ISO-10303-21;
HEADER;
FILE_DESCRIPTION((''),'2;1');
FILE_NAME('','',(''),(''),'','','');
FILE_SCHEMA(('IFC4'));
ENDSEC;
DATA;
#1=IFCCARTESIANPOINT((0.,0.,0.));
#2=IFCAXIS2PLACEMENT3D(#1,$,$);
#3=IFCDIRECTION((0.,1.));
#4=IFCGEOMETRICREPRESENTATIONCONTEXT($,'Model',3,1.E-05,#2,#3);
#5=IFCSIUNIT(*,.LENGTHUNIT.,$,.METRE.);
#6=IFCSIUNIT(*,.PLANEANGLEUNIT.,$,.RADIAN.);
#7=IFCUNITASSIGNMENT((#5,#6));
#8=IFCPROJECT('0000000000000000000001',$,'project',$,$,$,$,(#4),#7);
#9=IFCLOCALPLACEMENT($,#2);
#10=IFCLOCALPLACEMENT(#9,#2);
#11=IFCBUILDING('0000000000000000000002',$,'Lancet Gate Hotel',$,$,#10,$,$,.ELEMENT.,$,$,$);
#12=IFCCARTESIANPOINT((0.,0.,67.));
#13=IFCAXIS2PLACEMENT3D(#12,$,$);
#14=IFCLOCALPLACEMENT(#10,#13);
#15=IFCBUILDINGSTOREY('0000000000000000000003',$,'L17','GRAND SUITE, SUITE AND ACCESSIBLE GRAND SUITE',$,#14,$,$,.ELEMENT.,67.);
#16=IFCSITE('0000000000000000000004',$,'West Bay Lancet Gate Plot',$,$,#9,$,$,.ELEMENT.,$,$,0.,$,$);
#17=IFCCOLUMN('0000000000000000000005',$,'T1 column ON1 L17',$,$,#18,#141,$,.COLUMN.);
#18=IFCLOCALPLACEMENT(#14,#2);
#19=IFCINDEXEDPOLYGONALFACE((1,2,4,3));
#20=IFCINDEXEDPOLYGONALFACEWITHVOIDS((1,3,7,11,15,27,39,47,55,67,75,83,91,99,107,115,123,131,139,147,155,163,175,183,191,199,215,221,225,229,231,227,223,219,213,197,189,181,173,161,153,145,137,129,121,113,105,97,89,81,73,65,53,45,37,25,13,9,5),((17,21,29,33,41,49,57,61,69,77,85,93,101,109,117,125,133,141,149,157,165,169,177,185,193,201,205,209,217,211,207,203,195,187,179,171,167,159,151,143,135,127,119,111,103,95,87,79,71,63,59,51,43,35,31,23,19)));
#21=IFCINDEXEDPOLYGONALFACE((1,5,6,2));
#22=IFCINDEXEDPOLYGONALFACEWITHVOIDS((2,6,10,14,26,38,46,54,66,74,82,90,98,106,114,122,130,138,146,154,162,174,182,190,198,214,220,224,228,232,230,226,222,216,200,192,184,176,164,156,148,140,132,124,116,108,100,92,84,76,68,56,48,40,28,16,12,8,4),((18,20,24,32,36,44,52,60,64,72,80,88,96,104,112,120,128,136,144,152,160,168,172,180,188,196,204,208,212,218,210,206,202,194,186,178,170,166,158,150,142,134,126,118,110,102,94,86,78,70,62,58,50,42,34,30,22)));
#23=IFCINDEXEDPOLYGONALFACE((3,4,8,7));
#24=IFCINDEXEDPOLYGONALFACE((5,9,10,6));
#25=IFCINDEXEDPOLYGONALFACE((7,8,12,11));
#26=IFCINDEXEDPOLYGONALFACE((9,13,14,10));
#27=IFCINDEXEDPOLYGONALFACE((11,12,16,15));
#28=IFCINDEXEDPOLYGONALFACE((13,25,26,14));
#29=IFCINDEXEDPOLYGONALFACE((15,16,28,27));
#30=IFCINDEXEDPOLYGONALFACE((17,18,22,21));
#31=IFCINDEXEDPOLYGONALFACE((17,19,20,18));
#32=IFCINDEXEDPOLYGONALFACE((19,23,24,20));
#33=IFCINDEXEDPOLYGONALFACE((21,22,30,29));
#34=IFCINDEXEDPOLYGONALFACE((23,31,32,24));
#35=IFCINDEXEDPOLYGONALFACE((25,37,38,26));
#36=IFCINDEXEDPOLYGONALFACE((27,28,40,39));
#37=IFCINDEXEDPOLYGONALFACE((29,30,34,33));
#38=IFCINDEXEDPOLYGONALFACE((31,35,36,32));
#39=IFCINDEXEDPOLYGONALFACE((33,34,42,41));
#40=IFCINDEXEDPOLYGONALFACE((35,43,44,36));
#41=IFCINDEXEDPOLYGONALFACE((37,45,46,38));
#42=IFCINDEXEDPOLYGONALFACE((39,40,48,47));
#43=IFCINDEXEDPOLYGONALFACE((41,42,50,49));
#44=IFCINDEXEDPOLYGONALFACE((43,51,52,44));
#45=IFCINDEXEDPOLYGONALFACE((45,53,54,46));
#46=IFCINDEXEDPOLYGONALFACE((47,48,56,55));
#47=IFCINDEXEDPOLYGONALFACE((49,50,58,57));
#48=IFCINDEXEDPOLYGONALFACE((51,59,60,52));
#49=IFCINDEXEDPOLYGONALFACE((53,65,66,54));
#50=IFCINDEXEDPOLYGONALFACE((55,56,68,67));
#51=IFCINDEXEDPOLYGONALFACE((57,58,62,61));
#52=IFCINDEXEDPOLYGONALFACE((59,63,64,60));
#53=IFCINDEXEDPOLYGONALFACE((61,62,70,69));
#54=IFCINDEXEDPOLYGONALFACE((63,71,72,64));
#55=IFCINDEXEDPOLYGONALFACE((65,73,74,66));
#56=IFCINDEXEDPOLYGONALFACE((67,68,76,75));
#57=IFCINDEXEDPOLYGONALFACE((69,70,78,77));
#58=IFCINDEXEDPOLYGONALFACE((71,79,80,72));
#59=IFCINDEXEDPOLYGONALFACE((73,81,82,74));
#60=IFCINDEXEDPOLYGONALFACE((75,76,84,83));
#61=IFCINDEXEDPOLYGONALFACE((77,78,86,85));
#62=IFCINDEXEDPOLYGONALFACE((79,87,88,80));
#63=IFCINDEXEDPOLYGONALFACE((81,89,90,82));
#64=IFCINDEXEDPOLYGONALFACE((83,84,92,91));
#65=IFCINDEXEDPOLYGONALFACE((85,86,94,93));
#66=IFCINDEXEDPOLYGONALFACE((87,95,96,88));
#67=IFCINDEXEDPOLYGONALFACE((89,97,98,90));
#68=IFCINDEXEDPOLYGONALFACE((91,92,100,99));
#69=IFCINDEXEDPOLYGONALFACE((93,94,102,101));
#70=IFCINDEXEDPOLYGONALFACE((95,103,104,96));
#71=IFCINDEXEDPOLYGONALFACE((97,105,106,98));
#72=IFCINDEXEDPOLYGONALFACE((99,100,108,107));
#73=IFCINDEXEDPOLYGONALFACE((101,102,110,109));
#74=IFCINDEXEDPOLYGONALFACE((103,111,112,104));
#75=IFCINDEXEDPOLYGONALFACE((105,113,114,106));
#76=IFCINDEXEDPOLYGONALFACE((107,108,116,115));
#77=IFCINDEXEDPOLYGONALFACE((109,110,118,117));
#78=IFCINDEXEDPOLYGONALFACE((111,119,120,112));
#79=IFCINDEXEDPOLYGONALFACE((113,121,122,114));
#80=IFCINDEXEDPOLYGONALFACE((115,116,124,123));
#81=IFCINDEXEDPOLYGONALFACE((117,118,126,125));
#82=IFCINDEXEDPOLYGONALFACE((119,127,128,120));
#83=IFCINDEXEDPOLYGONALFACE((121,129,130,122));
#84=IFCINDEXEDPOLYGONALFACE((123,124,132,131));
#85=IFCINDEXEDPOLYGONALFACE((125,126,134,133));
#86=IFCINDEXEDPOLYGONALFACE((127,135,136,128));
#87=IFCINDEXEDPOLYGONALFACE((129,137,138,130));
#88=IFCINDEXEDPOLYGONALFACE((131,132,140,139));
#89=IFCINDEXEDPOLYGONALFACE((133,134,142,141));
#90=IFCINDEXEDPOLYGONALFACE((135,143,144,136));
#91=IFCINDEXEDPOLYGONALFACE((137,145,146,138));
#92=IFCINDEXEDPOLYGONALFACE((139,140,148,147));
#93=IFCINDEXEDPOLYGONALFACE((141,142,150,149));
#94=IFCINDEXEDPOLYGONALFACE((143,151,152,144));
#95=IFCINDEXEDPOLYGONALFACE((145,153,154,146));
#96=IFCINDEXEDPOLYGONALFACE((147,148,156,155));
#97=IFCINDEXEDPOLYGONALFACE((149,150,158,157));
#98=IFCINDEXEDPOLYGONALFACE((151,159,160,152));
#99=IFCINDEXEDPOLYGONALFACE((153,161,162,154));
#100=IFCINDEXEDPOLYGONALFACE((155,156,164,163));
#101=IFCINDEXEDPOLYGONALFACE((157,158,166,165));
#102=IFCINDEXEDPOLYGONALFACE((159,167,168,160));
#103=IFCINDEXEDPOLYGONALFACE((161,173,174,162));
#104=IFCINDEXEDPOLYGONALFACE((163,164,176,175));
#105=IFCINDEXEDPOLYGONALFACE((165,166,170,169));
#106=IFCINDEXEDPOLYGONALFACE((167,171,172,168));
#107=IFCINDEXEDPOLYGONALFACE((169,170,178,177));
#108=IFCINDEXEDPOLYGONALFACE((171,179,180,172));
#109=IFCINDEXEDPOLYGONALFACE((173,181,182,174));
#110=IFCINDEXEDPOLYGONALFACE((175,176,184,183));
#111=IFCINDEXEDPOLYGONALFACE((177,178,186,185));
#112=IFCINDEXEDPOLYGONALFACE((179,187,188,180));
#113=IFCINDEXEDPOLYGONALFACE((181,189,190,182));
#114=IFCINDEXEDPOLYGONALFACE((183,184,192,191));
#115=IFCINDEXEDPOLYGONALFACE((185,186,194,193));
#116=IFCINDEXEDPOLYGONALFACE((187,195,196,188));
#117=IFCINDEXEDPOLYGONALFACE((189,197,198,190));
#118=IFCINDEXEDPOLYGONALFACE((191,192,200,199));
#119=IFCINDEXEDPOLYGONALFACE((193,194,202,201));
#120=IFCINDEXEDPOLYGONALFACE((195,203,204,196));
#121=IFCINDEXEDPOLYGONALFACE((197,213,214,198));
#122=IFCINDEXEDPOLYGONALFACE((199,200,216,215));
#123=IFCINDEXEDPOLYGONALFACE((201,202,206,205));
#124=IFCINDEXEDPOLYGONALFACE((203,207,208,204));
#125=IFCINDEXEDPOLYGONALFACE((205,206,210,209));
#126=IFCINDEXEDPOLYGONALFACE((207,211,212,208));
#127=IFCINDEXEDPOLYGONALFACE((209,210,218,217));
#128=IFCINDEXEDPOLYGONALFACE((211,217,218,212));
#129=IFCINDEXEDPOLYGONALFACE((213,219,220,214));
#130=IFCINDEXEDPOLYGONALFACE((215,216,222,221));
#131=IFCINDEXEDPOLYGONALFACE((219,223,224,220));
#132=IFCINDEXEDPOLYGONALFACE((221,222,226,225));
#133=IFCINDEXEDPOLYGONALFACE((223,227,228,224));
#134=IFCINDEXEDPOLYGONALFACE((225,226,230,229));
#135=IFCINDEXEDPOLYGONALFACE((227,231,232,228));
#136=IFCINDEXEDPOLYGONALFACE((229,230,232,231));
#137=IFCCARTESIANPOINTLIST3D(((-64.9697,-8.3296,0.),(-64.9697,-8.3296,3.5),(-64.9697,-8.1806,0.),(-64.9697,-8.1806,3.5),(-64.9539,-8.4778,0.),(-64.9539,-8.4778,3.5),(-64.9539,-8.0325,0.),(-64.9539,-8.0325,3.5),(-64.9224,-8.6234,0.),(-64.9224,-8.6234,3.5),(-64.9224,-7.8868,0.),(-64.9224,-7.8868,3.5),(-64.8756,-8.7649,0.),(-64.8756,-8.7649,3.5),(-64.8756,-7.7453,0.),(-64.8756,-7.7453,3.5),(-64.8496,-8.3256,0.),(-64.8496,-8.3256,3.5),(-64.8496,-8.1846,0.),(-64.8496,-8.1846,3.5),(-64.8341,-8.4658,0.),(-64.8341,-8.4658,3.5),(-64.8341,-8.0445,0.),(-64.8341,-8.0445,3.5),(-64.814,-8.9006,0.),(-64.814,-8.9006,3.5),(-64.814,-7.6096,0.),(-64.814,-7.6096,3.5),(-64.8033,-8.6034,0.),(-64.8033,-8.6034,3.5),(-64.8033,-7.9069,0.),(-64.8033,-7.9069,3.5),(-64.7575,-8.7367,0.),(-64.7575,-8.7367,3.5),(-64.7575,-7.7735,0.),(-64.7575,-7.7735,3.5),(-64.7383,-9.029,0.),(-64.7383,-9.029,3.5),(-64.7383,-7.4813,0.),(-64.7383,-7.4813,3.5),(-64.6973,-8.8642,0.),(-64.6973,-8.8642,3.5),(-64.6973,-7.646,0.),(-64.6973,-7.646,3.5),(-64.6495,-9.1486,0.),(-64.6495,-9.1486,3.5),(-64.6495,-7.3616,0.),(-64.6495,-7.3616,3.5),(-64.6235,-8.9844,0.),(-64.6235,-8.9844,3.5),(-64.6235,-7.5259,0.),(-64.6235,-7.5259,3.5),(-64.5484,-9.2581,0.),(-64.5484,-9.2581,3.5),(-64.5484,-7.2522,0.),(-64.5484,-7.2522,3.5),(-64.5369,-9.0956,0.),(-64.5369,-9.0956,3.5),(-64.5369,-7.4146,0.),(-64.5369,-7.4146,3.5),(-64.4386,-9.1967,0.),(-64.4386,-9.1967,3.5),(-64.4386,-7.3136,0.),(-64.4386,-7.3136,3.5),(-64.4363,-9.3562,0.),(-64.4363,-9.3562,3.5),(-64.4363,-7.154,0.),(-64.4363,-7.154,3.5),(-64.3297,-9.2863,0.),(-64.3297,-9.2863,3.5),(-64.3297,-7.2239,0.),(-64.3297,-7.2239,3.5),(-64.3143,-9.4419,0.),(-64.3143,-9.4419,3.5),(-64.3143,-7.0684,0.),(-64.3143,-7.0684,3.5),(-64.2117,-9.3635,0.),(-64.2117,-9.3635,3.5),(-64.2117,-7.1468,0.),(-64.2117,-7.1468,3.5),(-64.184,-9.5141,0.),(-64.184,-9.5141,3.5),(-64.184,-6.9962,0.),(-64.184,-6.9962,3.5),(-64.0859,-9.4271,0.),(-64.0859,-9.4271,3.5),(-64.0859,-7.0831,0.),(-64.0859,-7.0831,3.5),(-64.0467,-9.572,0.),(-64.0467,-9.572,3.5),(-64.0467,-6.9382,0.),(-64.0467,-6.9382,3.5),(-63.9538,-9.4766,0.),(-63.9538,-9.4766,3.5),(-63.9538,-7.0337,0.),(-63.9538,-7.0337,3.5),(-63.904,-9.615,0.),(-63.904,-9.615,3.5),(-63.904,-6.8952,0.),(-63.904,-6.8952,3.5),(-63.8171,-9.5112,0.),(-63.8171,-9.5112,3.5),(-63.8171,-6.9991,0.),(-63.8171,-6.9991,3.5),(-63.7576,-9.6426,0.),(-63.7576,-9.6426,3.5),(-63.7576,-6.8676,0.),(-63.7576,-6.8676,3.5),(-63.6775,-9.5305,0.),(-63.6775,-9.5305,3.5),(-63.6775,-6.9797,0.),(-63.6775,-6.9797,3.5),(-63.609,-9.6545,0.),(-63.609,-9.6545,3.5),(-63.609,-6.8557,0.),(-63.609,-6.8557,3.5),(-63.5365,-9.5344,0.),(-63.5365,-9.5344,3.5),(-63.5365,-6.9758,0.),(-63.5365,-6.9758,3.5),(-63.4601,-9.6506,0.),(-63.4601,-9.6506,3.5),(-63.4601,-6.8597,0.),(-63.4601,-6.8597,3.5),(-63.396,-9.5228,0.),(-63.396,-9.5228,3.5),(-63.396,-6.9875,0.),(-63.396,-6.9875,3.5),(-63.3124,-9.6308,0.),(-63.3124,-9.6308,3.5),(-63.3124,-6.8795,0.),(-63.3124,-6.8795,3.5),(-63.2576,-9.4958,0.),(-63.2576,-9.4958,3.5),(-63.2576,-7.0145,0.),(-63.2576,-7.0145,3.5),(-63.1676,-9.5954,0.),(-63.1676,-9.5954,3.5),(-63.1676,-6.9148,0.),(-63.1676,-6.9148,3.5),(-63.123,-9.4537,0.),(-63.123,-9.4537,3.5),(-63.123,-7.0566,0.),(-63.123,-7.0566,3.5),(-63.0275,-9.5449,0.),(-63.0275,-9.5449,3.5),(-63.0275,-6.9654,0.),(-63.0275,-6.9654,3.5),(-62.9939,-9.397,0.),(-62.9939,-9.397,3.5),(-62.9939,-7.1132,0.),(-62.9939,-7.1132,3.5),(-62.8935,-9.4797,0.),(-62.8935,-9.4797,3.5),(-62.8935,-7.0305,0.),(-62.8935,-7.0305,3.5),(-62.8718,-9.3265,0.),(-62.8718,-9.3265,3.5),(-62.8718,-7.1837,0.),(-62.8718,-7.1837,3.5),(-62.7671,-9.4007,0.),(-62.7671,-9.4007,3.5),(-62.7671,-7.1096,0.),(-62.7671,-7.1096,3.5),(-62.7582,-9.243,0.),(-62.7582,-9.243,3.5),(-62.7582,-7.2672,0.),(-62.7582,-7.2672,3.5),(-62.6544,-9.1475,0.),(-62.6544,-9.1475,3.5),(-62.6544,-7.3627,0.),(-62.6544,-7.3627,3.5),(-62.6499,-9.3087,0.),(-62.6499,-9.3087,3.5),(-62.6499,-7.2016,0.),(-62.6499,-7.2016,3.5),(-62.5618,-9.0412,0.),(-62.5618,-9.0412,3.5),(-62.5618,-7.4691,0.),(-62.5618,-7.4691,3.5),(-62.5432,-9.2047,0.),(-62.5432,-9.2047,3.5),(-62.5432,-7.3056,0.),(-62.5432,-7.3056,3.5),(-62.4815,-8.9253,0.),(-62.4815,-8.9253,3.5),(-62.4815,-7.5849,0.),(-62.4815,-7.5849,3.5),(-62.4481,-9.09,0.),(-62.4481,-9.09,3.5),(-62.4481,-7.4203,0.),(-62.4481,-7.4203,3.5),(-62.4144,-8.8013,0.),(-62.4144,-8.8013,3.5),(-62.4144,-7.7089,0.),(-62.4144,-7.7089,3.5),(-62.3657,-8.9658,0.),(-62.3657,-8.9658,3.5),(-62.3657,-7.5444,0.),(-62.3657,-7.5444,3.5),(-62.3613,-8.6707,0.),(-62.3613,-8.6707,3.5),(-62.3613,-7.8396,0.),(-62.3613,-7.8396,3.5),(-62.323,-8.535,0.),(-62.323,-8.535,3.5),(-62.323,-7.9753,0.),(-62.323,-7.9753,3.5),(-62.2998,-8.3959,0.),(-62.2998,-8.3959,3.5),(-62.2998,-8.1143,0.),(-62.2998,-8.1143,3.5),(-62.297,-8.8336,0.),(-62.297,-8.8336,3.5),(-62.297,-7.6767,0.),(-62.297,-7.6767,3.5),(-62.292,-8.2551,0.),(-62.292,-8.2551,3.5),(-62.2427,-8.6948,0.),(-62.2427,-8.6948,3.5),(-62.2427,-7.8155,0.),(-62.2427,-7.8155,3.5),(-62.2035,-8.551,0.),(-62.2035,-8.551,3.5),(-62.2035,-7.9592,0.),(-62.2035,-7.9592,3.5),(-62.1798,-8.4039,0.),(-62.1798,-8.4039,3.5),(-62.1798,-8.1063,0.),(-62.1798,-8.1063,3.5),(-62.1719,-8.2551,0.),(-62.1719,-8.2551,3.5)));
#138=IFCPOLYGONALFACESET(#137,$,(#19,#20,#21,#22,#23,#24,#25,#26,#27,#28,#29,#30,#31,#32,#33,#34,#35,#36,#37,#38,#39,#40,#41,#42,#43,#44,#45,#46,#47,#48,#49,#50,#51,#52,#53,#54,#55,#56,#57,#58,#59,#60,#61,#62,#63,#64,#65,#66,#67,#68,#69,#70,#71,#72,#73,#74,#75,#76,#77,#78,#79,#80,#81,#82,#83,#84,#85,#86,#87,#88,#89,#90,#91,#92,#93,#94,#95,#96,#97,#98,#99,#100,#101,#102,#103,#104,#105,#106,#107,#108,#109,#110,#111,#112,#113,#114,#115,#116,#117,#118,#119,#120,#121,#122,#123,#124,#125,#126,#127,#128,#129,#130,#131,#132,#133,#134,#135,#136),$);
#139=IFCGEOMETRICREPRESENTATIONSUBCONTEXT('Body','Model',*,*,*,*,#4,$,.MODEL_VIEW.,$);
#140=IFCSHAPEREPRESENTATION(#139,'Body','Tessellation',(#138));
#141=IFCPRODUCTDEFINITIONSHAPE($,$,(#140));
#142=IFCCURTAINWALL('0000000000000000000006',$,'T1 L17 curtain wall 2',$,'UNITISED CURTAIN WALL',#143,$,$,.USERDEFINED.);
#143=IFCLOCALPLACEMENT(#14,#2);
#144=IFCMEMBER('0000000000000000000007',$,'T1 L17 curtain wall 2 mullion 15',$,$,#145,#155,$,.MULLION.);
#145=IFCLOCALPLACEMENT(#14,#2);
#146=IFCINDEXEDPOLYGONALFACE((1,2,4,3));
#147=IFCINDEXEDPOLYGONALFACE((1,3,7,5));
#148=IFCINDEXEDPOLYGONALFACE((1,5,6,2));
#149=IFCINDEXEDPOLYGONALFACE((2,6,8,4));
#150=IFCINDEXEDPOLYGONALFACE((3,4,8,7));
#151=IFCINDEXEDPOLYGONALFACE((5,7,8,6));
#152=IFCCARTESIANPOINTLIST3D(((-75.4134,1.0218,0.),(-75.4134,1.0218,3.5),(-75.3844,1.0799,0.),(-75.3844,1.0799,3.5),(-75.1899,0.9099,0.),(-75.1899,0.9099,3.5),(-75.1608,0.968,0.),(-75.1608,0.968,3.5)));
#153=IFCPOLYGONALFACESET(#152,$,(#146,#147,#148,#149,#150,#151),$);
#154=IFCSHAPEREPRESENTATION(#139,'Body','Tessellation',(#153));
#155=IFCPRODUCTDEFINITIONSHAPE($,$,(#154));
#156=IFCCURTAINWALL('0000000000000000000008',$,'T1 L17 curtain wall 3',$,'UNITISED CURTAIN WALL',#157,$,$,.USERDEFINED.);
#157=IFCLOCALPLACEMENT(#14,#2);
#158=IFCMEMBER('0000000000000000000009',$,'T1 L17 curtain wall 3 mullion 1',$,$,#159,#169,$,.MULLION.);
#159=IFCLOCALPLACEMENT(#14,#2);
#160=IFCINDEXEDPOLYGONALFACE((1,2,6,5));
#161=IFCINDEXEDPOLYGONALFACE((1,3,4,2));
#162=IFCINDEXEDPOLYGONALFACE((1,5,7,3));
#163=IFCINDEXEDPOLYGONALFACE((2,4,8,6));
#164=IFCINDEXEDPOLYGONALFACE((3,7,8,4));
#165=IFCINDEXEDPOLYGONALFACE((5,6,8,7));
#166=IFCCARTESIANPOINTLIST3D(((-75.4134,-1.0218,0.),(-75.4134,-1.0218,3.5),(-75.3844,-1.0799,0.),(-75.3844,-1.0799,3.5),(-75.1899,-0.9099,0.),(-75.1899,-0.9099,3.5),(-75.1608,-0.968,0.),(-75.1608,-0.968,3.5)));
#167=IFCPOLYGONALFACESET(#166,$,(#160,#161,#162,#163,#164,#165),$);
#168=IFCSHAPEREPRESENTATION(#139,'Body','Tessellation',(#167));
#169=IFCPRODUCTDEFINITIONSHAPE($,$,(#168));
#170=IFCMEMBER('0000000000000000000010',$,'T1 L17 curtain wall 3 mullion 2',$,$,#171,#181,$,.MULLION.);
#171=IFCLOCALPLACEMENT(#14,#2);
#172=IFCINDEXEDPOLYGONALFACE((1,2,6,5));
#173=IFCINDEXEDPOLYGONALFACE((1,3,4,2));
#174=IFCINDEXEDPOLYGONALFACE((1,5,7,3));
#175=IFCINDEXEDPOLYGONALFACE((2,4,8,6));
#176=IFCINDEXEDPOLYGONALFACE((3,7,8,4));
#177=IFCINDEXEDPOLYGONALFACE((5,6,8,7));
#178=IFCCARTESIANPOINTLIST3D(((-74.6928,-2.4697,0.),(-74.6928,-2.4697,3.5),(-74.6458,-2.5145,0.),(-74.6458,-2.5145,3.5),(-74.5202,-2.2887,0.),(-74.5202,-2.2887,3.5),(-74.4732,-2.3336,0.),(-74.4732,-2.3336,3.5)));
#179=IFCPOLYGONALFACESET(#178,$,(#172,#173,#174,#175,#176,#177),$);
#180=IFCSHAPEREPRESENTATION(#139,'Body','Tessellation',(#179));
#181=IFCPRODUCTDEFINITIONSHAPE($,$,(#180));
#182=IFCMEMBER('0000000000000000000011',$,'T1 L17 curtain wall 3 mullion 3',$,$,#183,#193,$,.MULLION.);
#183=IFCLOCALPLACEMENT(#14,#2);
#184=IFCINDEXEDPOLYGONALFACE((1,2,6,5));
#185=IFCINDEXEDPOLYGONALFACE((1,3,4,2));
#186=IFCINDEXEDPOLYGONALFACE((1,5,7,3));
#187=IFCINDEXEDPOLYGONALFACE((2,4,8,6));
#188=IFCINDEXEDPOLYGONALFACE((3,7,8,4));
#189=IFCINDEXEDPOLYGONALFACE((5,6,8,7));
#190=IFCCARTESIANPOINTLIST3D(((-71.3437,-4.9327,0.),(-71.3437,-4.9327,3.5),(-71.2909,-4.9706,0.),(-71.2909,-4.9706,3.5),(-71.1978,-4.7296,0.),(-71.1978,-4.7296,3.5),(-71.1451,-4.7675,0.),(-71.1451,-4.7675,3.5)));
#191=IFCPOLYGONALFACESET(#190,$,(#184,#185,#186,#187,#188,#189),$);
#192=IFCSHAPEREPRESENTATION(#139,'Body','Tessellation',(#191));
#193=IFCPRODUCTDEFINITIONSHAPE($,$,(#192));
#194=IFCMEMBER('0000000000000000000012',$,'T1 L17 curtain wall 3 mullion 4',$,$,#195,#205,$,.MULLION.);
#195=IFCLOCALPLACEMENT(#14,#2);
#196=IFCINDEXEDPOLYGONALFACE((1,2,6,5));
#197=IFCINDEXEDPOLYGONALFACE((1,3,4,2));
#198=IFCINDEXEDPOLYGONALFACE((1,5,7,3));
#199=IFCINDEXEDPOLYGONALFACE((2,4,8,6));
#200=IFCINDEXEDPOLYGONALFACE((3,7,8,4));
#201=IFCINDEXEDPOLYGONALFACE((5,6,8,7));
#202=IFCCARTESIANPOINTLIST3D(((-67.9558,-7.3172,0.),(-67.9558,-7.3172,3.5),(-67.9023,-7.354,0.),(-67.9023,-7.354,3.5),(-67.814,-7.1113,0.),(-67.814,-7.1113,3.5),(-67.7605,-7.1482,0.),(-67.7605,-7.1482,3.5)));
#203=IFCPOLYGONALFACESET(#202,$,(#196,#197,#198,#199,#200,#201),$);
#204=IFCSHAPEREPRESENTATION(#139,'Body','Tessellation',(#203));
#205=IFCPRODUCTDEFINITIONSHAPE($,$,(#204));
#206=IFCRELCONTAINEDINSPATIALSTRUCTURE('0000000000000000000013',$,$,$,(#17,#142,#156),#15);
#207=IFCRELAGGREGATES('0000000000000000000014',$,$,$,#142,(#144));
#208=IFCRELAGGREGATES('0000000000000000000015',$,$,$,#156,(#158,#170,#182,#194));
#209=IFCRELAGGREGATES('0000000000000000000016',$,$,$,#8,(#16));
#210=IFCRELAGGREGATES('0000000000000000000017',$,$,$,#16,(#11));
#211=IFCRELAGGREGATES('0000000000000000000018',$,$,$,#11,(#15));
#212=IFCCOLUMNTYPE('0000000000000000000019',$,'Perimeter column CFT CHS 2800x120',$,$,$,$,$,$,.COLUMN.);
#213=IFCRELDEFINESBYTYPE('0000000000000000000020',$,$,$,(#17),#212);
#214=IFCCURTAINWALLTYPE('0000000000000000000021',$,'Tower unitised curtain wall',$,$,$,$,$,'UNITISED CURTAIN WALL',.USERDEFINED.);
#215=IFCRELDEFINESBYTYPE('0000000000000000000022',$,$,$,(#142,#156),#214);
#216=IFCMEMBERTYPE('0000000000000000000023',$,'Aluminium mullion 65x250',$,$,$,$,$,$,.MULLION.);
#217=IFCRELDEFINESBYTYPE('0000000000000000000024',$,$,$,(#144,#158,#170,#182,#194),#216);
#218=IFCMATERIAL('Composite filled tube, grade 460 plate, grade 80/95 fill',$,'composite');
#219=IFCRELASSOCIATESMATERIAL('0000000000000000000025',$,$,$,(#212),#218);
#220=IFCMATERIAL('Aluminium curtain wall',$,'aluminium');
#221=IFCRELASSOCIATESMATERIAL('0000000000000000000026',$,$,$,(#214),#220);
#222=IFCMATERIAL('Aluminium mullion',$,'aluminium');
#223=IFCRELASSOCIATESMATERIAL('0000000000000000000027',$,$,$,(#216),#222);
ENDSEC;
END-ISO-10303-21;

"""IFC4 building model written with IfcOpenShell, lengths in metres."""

from ifc_helpers import new_model, si_unit, direction, frame, origin, origin_2d, place, context, subcontext, project, spatial, rectangle, hollow_circle, extrude, material, material_profile, profile_set, type_object, element, aggregate, save


model = new_model("IFC4")

# Units and contexts
model_context = context("Model", 3, precision=1e-05, world=origin(), true_north=direction((0.0, 1.0)))
body_context = subcontext(model_context, "Body", "Model", "MODEL_VIEW")
ifc_project = project(units=[si_unit("LENGTHUNIT", "METRE"), si_unit("PLANEANGLEUNIT", "RADIAN")], contexts=[model_context])

# Site, building, storey
site_placement = place(None, origin())
site = spatial("IfcSite", under=ifc_project, at=site_placement, Name="West Bay Lancet Gate Plot", CompositionType="ELEMENT", RefElevation=0.0)
building_placement = place(site_placement, origin())
building = spatial("IfcBuilding", under=site, at=building_placement, Name="Lancet Gate Hotel", CompositionType="ELEMENT")
storey_placement = place(building_placement, frame((0.0, 0.0, 67.0)))
storey = spatial("IfcBuildingStorey", under=building, at=storey_placement, Name="L17", Description="GRAND SUITE, SUITE AND ACCESSIBLE GRAND SUITE", CompositionType="ELEMENT", Elevation=67.0)

# Column
ifc_material_1 = material(Name="Composite filled tube, grade 460 plate, grade 80/95 fill", Category="composite")
ifc_material_profile_1 = material_profile(ifc_material_1, hollow_circle(Radius=1.3999, WallThickness=0.1201, at=origin_2d()), Name="CHS 2800x120")
ifc_profile_set_1 = profile_set([ifc_material_profile_1], Name="Composite filled tube, grade 460 plate, grade 80/95 fill")
column_type_1 = type_object("IfcColumnType", Name="Perimeter column CFT CHS 2800x120", PredefinedType="COLUMN", material=ifc_profile_set_1)
column_1_placement = place(storey_placement, frame((-63.5718, -8.2551, 0.0), z_axis=(0.0, 0.0, 1.0), x_axis=(1.0, 0.0, 0.0)))
element("IfcColumn", 1, at=column_1_placement, inside=storey, type_object=column_type_1, Name="T1 column ON1 L17", PredefinedType="COLUMN", context=body_context, shape_type="SweptSolid", body=[
    extrude(hollow_circle(Radius=1.3999, WallThickness=0.1201, at=origin_2d()), origin(), (0.0, 0.0, 1.0), 3.5),
])

# Curtain wall, member
ifc_material_2 = material(Name="Aluminium curtain wall", Category="aluminium")
curtain_wall_type = type_object("IfcCurtainWallType", Name="Tower unitised curtain wall", ElementType="UNITISED CURTAIN WALL", PredefinedType="USERDEFINED", material=ifc_material_2)
curtain_wall_1_placement = place(storey_placement, origin())
curtain_wall_1 = element("IfcCurtainWall", 2, at=curtain_wall_1_placement, inside=storey, type_object=curtain_wall_type, Name="T1 L17 curtain wall 2", ObjectType="UNITISED CURTAIN WALL", PredefinedType="USERDEFINED")
ifc_material_3 = material(Name="Aluminium mullion", Category="aluminium")
ifc_material_profile_2 = material_profile(ifc_material_3, rectangle(XDim=0.0649, YDim=0.25, at=origin_2d()), Name="MULLION 65x250")
ifc_profile_set_2 = profile_set([ifc_material_profile_2], Name="Aluminium mullion")
member_type_1 = type_object("IfcMemberType", Name="Aluminium mullion 65x250", PredefinedType="MULLION", material=ifc_profile_set_2)
member_1_placement = place(storey_placement, frame((-75.2871, 0.9949, 0.0), z_axis=(0.0, 0.0, 1.0), x_axis=(-0.447628, -0.89422, 0.0)))
member_1 = element("IfcMember", 3, at=member_1_placement, type_object=member_type_1, Name="T1 L17 curtain wall 2 mullion 15", PredefinedType="MULLION", context=body_context, shape_type="SweptSolid", body=[
    extrude(rectangle(XDim=0.0649, YDim=0.25, at=origin_2d()), origin(), (0.0, 0.0, 1.0), 3.5),
])
aggregate(curtain_wall_1, [member_1])

# Curtain wall, members
curtain_wall_2_placement = place(storey_placement, origin())
curtain_wall_2 = element("IfcCurtainWall", 4, at=curtain_wall_2_placement, inside=storey, type_object=curtain_wall_type, Name="T1 L17 curtain wall 3", ObjectType="UNITISED CURTAIN WALL", PredefinedType="USERDEFINED")
member_2_placement = place(storey_placement, frame((-75.2871, -0.9949, 0.0), z_axis=(0.0, 0.0, 1.0), x_axis=(0.447628, -0.89422, 0.0)))
member_2 = element("IfcMember", 5, at=member_2_placement, type_object=member_type_1, Name="T1 L17 curtain wall 3 mullion 1", PredefinedType="MULLION", context=body_context, shape_type="SweptSolid", body=[
    extrude(rectangle(XDim=0.0649, YDim=0.25, at=origin_2d()), origin(), (0.0, 0.0, 1.0), 3.5),
])
member_3_placement = place(storey_placement, frame((-74.583, -2.4016, 0.0), z_axis=(0.0, 0.0, 1.0), x_axis=(0.723696, -0.690119, 0.0)))
member_3 = element("IfcMember", 6, at=member_3_placement, type_object=member_type_1, Name="T1 L17 curtain wall 3 mullion 2", PredefinedType="MULLION", context=body_context, shape_type="SweptSolid", body=[
    extrude(rectangle(XDim=0.0649, YDim=0.25, at=origin_2d()), origin(), (0.0, 0.0, 1.0), 3.5),
])
member_4_placement = place(storey_placement, frame((-71.2444, -4.8501, 0.0), z_axis=(0.0, 0.0, 1.0), x_axis=(0.812147, -0.583453, 0.0)))
member_4 = element("IfcMember", 7, at=member_4_placement, type_object=member_type_1, Name="T1 L17 curtain wall 3 mullion 3", PredefinedType="MULLION", context=body_context, shape_type="SweptSolid", body=[
    extrude(rectangle(XDim=0.0649, YDim=0.25, at=origin_2d()), origin(), (0.0, 0.0, 1.0), 3.5),
])
member_5_placement = place(storey_placement, frame((-67.8582, -7.2327, 0.0), z_axis=(0.0, 0.0, 1.0), x_axis=(0.823425, -0.567425, 0.0)))
member_5 = element("IfcMember", 8, at=member_5_placement, type_object=member_type_1, Name="T1 L17 curtain wall 3 mullion 4", PredefinedType="MULLION", context=body_context, shape_type="SweptSolid", body=[
    extrude(rectangle(XDim=0.0649, YDim=0.25, at=origin_2d()), origin(), (0.0, 0.0, 1.0), 3.5),
])

aggregate(curtain_wall_2, [member_2, member_3, member_4, member_5])

save(model, "model.ifc")
